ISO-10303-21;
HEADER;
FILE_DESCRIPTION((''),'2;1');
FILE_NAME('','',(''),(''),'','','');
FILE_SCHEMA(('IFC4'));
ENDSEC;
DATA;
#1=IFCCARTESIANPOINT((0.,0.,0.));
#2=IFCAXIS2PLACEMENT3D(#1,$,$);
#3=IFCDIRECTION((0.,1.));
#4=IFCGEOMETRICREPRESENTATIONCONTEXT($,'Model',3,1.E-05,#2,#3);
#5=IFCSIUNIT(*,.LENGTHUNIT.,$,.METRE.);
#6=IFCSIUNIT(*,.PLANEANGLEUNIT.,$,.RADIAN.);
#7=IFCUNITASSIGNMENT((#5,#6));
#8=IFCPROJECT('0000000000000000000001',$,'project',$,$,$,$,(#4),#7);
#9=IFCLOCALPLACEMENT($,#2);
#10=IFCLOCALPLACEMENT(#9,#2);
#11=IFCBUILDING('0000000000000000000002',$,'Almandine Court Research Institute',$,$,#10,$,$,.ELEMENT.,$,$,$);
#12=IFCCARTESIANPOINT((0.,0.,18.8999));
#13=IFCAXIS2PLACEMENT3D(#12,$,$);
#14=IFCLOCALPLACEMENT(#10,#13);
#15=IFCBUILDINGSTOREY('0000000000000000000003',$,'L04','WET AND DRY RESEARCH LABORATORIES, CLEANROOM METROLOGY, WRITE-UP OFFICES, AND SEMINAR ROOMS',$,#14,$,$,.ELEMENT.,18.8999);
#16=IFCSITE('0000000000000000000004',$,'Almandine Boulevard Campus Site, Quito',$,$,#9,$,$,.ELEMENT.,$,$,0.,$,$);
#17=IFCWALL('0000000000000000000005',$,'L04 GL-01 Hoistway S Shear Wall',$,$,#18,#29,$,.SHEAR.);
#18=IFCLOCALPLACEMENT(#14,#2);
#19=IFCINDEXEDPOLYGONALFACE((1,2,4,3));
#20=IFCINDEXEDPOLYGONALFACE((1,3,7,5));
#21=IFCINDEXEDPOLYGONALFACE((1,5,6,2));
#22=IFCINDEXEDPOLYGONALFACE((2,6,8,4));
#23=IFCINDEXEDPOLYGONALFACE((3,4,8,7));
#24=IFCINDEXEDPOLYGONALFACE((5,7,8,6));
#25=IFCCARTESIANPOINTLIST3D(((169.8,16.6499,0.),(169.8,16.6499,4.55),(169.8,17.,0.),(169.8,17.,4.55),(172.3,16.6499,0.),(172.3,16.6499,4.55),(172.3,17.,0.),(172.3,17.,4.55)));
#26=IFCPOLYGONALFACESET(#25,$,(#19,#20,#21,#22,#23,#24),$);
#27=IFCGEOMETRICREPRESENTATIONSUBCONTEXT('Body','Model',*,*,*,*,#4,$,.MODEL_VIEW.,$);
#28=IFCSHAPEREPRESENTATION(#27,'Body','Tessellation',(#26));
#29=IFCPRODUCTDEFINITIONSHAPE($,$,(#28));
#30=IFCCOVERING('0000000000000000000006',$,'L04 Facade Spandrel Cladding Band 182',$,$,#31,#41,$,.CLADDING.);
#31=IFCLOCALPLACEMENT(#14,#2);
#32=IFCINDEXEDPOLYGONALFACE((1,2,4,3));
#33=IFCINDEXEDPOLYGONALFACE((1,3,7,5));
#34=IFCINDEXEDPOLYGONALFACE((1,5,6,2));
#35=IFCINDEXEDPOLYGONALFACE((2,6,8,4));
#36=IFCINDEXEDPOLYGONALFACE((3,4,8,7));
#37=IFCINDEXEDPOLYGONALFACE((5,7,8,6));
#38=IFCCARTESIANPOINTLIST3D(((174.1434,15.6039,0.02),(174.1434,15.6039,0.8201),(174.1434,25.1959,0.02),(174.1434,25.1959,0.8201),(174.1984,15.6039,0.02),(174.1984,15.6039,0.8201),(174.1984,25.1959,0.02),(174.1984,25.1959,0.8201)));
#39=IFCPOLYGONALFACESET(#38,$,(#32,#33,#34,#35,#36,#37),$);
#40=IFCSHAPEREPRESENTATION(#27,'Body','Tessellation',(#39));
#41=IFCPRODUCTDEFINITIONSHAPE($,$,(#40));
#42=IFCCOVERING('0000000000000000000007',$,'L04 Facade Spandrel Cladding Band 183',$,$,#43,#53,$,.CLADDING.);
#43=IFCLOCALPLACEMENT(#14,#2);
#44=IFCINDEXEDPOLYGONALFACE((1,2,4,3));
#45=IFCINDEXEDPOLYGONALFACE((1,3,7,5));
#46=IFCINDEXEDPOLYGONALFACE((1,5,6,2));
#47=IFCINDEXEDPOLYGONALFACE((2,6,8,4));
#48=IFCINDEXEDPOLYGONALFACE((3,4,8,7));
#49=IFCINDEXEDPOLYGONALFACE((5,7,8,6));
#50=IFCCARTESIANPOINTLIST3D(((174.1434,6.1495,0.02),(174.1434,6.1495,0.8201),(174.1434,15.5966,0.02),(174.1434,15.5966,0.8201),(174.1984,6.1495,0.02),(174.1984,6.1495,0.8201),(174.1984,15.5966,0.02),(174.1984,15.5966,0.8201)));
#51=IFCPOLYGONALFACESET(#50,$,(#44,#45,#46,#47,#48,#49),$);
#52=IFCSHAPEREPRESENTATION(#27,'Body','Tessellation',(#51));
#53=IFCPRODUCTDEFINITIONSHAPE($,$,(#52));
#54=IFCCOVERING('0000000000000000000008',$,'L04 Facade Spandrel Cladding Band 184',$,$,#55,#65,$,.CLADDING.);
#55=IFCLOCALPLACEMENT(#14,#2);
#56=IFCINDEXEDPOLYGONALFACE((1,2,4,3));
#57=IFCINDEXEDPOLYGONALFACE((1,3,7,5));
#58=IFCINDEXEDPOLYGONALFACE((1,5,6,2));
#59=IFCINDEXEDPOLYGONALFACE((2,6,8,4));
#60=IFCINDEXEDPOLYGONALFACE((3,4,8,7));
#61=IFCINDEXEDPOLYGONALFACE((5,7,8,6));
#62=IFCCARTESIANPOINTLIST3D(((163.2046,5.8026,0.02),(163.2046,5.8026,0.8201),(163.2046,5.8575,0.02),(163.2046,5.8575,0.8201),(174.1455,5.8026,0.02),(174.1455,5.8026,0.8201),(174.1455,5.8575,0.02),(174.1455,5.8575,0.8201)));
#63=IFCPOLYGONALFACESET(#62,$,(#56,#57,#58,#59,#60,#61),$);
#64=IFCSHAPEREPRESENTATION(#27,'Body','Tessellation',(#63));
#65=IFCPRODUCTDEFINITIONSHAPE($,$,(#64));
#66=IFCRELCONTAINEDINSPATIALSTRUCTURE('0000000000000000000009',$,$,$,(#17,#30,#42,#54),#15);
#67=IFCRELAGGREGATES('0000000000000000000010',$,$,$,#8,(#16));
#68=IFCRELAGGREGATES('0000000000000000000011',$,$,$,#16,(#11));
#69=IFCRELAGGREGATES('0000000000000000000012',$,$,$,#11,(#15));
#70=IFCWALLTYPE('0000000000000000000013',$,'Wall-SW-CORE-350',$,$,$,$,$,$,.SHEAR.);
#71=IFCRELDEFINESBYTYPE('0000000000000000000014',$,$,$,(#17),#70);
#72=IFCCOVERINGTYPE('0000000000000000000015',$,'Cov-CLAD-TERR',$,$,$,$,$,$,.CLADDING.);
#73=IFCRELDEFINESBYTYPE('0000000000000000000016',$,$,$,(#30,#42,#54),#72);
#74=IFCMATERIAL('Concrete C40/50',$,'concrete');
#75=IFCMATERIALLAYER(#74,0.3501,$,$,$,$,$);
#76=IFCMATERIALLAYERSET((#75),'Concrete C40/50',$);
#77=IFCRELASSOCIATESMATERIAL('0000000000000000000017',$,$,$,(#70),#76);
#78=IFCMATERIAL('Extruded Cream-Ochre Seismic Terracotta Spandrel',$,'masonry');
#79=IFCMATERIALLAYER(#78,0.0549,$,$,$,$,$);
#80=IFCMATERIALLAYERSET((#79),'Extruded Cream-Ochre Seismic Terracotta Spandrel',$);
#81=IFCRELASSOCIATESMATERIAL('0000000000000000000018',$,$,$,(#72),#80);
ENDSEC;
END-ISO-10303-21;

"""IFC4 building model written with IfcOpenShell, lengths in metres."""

from ifc_helpers import new_model, si_unit, direction, frame, frame_2d, origin, origin_2d, place, context, subcontext, project, spatial, rectangle, extrude, material, layer, layer_set, type_object, element, save


model = new_model("IFC4")

# Units and contexts
model_context = context("Model", 3, precision=1e-05, world=origin(), true_north=direction((0.0, 1.0)))
body_context = subcontext(model_context, "Body", "Model", "MODEL_VIEW")
ifc_project = project(units=[si_unit("LENGTHUNIT", "METRE"), si_unit("PLANEANGLEUNIT", "RADIAN")], contexts=[model_context])

# Site, building, storey
site_placement = place(None, origin())
site = spatial("IfcSite", under=ifc_project, at=site_placement, Name="Almandine Boulevard Campus Site, Quito", CompositionType="ELEMENT", RefElevation=0.0)
building_placement = place(site_placement, origin())
building = spatial("IfcBuilding", under=site, at=building_placement, Name="Almandine Court Research Institute", CompositionType="ELEMENT")
storey_placement = place(building_placement, frame((0.0, 0.0, 18.8999)))
storey = spatial("IfcBuildingStorey", under=building, at=storey_placement, Name="L04", Description="WET AND DRY RESEARCH LABORATORIES, CLEANROOM METROLOGY, WRITE-UP OFFICES, AND SEMINAR ROOMS", CompositionType="ELEMENT", Elevation=18.8999)

# Shared definitions
ifc_material_1 = material(Name="Concrete C40/50", Category="concrete")
ifc_layer_1 = layer(ifc_material_1, 0.3501)
ifc_layer_set_1 = layer_set([ifc_layer_1], Name="Concrete C40/50")
wall_type_1 = type_object("IfcWallType", Name="Wall-SW-CORE-350", PredefinedType="SHEAR", material=ifc_layer_set_1)

# Wall
for number, where, z_axis, x_axis, name in (
    (1, (172.3, 16.825, 0.0), (0.0, 0.0, 1.0), (-1.0, 0.0, 0.0), "L04 GL-01 Hoistway S Shear Wall"),
):
    element("IfcWall", number, at=place(storey_placement, frame(where, z_axis=z_axis, x_axis=x_axis)), inside=storey, type_object=wall_type_1, Name=name, PredefinedType="SHEAR", context=body_context, shape_type="SweptSolid", body=[
        extrude(rectangle(XDim=2.5, YDim=0.3501, at=frame_2d((1.25, 0.0))), origin(), (0.0, 0.0, 1.0), 4.55),
    ])

# Coverings
ifc_material_2 = material(Name="Extruded Cream-Ochre Seismic Terracotta Spandrel", Category="masonry")
ifc_layer_2 = layer(ifc_material_2, 0.0549)
ifc_layer_set_2 = layer_set([ifc_layer_2], Name="Extruded Cream-Ochre Seismic Terracotta Spandrel")
covering_type = type_object("IfcCoveringType", Name="Cov-CLAD-TERR", PredefinedType="CLADDING", material=ifc_layer_set_2)
covering_1_placement = place(storey_placement, frame((174.1709, 20.3999, 0.02), z_axis=(0.0, 0.0, 1.0), x_axis=(0.0, -1.0, 0.0)))
element("IfcCovering", 2, at=covering_1_placement, inside=storey, type_object=covering_type, Name="L04 Facade Spandrel Cladding Band 182", PredefinedType="CLADDING", context=body_context, shape_type="SweptSolid", body=[
    extrude(rectangle(XDim=9.592, YDim=0.0549, at=origin_2d()), origin(), (0.0, 0.0, 1.0), 0.8),
])
covering_2_placement = place(storey_placement, frame((174.1709, 10.873, 0.02), z_axis=(0.0, 0.0, 1.0), x_axis=(0.0, -1.0, 0.0)))
element("IfcCovering", 3, at=covering_2_placement, inside=storey, type_object=covering_type, Name="L04 Facade Spandrel Cladding Band 183", PredefinedType="CLADDING", context=body_context, shape_type="SweptSolid", body=[
    extrude(rectangle(XDim=9.447, YDim=0.0549, at=origin_2d()), origin(), (0.0, 0.0, 1.0), 0.8),
])
covering_3_placement = place(storey_placement, frame((168.675, 5.8301, 0.02), z_axis=(0.0, 0.0, 1.0), x_axis=(-1.0, 0.0, 0.0)))
element("IfcCovering", 4, at=covering_3_placement, inside=storey, type_object=covering_type, Name="L04 Facade Spandrel Cladding Band 184", PredefinedType="CLADDING", context=body_context, shape_type="SweptSolid", body=[
    extrude(rectangle(XDim=10.9409, YDim=0.0549, at=origin_2d()), origin(), (0.0, 0.0, 1.0), 0.8),
])

save(model, "model.ifc")
